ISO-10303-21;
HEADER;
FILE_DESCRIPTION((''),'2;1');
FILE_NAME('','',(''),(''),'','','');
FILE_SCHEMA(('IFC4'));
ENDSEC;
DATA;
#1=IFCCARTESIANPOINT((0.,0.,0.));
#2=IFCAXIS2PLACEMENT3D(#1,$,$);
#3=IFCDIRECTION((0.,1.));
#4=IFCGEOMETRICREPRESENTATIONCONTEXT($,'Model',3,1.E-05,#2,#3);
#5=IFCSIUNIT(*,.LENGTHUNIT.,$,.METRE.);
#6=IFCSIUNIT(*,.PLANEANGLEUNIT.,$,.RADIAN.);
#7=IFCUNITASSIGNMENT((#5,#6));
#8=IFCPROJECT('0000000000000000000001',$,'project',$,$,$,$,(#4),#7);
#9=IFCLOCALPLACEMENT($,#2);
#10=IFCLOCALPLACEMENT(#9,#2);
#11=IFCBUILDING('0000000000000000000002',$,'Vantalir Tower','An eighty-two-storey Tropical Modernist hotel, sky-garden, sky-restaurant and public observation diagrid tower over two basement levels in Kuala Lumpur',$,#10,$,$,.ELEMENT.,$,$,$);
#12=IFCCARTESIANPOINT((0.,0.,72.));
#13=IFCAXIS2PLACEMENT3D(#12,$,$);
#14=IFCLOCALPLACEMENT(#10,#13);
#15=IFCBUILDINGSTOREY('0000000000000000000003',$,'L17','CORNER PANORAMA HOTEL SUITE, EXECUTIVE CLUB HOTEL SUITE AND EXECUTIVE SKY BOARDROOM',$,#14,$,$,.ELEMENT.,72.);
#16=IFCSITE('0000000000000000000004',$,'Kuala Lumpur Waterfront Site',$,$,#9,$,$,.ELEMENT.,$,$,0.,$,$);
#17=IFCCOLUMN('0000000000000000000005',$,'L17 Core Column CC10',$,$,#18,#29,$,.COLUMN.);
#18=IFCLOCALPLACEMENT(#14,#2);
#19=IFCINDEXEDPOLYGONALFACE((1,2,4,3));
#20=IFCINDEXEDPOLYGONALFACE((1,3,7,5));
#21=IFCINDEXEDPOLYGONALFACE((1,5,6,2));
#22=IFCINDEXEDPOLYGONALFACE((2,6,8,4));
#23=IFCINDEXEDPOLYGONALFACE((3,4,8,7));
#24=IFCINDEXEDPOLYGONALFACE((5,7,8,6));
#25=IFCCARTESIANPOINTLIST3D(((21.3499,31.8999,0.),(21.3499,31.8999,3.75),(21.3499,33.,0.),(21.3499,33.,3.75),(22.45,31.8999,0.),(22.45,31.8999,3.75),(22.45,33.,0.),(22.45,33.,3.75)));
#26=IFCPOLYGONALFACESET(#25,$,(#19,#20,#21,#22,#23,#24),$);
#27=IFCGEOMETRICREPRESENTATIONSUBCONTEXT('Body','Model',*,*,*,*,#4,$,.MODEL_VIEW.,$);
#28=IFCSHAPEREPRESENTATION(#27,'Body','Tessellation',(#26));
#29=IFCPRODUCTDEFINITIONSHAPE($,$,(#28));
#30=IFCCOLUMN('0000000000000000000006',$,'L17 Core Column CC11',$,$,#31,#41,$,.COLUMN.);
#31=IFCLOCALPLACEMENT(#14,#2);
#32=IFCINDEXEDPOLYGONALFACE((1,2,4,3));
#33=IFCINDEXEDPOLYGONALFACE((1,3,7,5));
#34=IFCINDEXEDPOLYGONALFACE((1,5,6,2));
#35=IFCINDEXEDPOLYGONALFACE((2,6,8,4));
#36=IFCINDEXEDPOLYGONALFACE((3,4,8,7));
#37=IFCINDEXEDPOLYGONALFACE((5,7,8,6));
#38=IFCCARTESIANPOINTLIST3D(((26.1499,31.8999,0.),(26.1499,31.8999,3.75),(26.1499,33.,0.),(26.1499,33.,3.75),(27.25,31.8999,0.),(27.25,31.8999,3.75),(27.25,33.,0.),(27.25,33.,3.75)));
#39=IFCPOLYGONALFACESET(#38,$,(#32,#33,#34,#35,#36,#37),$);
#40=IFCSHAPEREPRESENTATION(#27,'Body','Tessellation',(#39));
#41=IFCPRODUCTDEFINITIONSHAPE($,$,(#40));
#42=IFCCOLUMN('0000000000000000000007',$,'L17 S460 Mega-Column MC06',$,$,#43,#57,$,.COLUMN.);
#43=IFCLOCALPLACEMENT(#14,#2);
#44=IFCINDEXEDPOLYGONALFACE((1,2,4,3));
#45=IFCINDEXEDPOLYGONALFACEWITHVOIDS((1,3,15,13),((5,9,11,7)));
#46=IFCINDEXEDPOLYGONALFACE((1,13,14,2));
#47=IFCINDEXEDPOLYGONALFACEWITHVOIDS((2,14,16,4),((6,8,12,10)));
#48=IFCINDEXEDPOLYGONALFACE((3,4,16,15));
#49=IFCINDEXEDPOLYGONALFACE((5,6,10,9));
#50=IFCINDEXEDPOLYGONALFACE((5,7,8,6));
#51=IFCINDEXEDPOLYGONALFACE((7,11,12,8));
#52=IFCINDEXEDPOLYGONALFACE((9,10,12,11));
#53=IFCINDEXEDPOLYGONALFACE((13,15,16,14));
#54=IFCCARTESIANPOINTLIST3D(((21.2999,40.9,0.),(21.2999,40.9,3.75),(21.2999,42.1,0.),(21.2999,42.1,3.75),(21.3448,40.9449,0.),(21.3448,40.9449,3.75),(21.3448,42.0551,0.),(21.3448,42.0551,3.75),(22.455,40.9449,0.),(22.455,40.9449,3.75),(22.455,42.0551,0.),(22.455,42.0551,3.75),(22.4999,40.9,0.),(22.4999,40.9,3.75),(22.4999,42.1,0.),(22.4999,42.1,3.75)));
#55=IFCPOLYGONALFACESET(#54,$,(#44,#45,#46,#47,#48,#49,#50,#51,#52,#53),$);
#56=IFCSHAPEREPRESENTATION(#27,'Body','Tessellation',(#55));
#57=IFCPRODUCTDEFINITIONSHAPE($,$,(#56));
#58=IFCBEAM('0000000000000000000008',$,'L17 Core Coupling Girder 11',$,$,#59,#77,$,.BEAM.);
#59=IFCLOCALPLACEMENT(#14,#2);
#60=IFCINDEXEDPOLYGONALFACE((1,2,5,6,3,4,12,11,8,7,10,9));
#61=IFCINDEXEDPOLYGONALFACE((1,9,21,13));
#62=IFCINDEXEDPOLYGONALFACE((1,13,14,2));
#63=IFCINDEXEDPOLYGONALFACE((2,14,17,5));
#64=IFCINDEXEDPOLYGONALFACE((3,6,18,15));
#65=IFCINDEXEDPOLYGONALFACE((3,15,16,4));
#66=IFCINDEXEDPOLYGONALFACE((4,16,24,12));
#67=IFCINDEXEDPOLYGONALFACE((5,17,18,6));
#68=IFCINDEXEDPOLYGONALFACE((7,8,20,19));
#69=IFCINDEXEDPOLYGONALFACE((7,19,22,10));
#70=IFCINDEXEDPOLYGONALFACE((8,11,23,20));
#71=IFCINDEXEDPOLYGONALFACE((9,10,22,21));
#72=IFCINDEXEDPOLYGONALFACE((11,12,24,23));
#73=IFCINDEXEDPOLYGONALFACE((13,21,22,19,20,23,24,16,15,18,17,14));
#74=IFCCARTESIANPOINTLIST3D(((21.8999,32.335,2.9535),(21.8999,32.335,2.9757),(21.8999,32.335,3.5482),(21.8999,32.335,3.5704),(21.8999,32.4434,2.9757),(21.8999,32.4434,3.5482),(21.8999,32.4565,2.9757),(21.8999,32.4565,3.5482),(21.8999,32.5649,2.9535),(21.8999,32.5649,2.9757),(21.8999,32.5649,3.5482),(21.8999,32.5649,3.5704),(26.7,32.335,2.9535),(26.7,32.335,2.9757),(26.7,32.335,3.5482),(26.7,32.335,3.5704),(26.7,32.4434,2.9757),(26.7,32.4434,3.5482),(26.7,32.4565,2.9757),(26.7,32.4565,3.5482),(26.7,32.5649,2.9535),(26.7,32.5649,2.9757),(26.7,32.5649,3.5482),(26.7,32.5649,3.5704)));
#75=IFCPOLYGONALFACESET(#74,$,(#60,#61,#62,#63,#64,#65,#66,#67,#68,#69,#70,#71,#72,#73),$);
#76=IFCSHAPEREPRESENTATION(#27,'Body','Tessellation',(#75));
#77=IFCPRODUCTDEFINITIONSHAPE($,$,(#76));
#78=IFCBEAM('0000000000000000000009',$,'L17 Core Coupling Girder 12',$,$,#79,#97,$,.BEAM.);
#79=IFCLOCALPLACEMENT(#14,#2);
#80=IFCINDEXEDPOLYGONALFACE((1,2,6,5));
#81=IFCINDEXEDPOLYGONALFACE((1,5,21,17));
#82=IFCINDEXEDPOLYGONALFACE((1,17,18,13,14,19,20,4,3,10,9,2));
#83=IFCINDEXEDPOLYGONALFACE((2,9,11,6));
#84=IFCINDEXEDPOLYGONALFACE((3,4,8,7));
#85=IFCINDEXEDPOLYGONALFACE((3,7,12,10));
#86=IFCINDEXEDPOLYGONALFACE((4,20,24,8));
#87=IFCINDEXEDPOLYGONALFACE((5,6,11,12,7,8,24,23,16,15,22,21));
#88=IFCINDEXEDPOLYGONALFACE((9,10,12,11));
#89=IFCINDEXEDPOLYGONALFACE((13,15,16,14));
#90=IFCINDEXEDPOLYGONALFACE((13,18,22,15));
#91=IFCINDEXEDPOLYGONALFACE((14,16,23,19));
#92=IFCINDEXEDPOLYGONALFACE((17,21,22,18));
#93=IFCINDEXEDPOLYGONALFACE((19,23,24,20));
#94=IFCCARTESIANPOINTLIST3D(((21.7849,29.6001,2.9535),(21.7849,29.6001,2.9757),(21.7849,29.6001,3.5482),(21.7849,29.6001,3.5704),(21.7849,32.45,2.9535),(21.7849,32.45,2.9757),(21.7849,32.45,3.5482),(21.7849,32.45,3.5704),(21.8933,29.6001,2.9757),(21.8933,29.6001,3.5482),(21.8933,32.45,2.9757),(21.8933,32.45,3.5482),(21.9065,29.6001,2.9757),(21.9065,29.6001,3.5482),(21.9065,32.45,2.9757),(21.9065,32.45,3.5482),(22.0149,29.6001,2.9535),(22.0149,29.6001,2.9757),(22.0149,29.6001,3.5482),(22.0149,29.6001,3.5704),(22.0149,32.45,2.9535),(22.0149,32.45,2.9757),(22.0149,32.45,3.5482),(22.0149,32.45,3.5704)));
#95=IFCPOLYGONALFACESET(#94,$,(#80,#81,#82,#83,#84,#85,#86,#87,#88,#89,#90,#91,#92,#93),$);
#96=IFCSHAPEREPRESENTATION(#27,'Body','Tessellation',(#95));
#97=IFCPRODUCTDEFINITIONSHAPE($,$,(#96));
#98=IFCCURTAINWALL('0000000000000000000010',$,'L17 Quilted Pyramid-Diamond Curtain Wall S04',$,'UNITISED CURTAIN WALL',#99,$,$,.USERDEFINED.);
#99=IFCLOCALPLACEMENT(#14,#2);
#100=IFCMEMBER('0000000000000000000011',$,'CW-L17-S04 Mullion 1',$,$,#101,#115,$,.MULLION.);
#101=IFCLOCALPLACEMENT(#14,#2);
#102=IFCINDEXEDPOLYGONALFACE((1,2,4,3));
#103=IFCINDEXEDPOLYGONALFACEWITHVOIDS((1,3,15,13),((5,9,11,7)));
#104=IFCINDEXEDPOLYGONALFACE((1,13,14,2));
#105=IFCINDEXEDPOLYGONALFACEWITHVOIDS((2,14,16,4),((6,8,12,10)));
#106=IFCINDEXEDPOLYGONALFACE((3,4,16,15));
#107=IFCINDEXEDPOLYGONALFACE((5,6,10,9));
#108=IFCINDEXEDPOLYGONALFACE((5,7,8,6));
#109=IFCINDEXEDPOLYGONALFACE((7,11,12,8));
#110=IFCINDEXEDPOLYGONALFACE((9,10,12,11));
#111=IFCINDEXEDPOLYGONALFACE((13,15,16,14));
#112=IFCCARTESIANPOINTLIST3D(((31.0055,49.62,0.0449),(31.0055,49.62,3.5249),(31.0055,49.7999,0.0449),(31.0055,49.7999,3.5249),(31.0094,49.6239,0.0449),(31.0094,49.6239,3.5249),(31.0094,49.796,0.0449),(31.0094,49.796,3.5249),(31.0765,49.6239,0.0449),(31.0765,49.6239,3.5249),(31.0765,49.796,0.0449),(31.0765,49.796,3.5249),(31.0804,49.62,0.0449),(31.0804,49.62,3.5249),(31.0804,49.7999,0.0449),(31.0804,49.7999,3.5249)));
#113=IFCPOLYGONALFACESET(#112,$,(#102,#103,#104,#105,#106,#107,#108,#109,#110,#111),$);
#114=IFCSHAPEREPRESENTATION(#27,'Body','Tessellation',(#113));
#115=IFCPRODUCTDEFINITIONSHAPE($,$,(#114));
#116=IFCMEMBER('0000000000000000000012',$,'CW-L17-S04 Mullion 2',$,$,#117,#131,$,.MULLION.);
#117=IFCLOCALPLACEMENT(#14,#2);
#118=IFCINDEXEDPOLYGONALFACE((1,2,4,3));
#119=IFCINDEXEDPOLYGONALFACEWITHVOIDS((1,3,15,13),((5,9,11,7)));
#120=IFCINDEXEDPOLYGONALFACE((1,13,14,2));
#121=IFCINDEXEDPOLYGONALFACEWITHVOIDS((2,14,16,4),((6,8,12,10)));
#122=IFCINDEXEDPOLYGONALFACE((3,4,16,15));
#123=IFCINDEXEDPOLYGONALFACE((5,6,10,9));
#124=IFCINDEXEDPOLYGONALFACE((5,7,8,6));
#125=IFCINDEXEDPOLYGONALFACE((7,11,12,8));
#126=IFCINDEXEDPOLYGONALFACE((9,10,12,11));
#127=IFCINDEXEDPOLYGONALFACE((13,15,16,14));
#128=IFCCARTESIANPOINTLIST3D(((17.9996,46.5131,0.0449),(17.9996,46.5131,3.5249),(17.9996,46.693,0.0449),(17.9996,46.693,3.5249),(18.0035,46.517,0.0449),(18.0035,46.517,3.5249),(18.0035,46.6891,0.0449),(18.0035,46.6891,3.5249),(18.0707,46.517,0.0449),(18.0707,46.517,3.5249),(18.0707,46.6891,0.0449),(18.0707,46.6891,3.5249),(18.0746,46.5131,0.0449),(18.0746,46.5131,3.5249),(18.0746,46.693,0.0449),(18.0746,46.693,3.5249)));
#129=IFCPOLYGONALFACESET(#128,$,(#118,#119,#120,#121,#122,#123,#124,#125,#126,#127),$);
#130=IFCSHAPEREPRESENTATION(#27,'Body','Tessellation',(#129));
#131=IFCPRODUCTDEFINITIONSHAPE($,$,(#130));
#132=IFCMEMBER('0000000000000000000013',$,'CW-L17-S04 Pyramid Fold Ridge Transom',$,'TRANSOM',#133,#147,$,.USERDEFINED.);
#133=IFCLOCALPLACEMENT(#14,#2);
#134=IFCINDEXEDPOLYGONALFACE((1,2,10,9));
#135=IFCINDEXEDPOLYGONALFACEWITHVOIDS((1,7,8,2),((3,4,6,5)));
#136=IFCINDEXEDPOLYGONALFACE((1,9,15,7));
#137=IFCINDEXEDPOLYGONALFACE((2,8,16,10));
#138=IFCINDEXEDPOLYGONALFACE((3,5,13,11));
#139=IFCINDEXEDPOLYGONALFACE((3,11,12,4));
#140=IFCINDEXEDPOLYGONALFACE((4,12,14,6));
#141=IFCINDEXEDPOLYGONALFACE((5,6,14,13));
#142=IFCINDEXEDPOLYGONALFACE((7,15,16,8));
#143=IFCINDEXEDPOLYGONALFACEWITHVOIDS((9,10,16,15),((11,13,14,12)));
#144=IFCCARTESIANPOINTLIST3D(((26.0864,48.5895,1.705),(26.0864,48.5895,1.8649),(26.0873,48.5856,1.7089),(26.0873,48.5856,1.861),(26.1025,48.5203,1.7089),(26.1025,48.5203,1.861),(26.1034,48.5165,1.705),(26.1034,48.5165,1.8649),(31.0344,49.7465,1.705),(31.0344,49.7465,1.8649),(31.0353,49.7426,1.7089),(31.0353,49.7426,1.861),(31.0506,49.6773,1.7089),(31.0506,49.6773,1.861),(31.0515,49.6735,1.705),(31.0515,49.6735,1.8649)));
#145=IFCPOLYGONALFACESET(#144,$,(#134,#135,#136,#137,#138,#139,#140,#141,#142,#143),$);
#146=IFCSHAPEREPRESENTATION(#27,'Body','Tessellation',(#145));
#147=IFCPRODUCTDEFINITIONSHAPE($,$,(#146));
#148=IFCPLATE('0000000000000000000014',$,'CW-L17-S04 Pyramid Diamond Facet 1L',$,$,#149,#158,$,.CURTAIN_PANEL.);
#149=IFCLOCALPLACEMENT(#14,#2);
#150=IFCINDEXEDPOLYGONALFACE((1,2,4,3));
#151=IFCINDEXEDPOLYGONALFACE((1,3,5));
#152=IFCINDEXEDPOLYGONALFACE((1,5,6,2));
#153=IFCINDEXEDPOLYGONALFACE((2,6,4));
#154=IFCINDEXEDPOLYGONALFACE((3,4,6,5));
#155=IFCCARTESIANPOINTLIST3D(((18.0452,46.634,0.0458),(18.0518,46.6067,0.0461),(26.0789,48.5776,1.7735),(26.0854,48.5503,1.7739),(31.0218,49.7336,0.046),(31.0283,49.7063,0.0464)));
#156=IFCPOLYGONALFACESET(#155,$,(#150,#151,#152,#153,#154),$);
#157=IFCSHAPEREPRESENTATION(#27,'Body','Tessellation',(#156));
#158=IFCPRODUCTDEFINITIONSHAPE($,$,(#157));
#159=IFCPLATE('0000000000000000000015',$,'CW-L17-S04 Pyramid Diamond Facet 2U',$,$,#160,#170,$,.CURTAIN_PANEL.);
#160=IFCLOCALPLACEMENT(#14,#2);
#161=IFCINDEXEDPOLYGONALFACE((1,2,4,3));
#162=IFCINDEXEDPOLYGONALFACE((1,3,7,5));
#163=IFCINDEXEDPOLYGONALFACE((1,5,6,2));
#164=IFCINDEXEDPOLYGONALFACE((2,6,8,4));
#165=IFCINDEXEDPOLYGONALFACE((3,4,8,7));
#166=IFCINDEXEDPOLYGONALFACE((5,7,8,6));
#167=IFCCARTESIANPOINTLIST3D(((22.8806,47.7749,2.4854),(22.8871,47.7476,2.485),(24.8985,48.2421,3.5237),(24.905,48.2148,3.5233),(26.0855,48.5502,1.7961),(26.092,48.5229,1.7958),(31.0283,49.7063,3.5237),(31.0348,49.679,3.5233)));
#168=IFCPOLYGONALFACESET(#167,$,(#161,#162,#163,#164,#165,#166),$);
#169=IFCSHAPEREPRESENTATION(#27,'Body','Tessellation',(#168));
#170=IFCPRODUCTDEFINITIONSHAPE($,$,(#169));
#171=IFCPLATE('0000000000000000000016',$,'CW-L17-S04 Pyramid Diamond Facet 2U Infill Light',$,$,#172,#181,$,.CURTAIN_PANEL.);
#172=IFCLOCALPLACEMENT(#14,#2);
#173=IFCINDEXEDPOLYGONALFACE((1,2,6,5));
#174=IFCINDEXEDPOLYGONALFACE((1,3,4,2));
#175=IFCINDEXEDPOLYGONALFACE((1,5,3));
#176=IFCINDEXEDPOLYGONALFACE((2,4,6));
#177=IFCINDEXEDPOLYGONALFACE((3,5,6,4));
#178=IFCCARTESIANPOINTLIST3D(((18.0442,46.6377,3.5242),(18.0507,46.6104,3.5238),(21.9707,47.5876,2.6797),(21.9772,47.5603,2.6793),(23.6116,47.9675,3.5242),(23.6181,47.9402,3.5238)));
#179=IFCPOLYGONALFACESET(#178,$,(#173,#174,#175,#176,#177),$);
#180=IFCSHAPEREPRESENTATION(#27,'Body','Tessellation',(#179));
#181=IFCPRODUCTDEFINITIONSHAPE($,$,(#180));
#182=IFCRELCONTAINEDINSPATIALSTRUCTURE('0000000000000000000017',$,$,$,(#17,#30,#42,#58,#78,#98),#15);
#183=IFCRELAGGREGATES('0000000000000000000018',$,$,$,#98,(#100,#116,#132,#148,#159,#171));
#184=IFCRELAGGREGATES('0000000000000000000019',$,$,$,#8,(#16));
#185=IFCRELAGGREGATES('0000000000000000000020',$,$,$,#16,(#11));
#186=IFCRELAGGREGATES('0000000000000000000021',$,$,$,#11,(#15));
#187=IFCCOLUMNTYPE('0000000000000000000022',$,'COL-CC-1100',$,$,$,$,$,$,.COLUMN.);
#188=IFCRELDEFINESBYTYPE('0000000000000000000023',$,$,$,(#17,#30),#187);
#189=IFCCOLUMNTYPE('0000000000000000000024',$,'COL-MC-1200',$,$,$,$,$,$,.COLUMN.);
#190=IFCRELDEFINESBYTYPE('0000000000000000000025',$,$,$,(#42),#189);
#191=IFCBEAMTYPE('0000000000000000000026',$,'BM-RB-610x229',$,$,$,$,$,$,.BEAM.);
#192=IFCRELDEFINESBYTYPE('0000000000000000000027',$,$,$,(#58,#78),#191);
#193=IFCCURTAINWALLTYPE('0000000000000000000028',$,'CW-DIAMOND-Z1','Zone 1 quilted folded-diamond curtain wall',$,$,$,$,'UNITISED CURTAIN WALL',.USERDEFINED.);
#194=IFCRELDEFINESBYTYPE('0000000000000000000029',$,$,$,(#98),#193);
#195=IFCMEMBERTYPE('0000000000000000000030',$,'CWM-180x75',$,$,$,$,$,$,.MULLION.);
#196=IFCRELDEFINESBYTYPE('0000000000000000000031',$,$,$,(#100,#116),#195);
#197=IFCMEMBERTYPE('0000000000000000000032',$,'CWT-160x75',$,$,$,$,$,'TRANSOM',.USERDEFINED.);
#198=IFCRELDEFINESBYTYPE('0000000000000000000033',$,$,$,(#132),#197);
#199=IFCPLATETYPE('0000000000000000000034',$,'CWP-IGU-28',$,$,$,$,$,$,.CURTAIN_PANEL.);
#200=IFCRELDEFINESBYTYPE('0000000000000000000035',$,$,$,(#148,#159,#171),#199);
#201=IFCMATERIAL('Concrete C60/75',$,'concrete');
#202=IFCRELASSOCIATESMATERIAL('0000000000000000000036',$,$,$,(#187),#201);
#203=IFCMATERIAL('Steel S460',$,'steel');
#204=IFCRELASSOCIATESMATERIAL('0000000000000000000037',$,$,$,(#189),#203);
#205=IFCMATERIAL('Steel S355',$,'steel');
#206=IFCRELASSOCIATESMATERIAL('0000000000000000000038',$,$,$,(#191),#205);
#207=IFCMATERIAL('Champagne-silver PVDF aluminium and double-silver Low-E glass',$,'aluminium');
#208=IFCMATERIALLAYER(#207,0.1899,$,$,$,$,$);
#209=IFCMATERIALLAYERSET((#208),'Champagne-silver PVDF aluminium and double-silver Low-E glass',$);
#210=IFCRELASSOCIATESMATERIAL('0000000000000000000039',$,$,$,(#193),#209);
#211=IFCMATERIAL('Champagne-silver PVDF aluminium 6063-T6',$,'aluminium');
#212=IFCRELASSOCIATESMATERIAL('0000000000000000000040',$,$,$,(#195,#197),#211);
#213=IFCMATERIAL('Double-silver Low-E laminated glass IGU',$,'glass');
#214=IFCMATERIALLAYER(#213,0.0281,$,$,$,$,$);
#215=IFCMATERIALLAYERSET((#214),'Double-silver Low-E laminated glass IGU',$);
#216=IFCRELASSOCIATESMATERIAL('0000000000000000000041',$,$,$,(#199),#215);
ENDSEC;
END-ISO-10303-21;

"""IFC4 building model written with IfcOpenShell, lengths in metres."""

from ifc_helpers import new_model, si_unit, direction, frame, origin, origin_2d, place, context, subcontext, project, spatial, polyline, rectangle, hollow_rectangle, i_section, outline, extrude, material, layer, layer_set, material_profile, profile_set, type_object, element, aggregate, save


model = new_model("IFC4")

# Units and contexts
model_context = context("Model", 3, precision=1e-05, world=origin(), true_north=direction((0.0, 1.0)))
body_context = subcontext(model_context, "Body", "Model", "MODEL_VIEW")
ifc_project = project(units=[si_unit("LENGTHUNIT", "METRE"), si_unit("PLANEANGLEUNIT", "RADIAN")], contexts=[model_context])

# Site, building, storey
site_placement = place(None, origin())
site = spatial("IfcSite", under=ifc_project, at=site_placement, Name="Kuala Lumpur Waterfront Site", CompositionType="ELEMENT", RefElevation=0.0)
building_placement = place(site_placement, origin())
building = spatial("IfcBuilding", under=site, at=building_placement, Name="Vantalir Tower", Description="An eighty-two-storey Tropical Modernist hotel, sky-garden, sky-restaurant and public observation diagrid tower over two basement levels in Kuala Lumpur", CompositionType="ELEMENT")
storey_placement = place(building_placement, frame((0.0, 0.0, 72.0)))
storey = spatial("IfcBuildingStorey", under=building, at=storey_placement, Name="L17", Description="CORNER PANORAMA HOTEL SUITE, EXECUTIVE CLUB HOTEL SUITE AND EXECUTIVE SKY BOARDROOM", CompositionType="ELEMENT", Elevation=72.0)

# Columns
ifc_material_1 = material(Name="Concrete C60/75", Category="concrete")
ifc_material_profile_1 = material_profile(ifc_material_1, rectangle(XDim=1.1001, YDim=1.1001, at=origin_2d()), Name="Concrete C60/75")
ifc_profile_set_1 = profile_set([ifc_material_profile_1], Name="Concrete C60/75")
column_type_1 = type_object("IfcColumnType", Name="COL-CC-1100", PredefinedType="COLUMN", material=ifc_profile_set_1)
for number, where, z_axis, x_axis, name in (
    (1, (21.8999, 32.45, 0.0), (0.0, 0.0, 1.0), (1.0, 0.0, 0.0), "L17 Core Column CC10"),
    (2, (26.7, 32.45, 0.0), (0.0, 0.0, 1.0), (1.0, 0.0, 0.0), "L17 Core Column CC11"),
):
    element("IfcColumn", number, at=place(storey_placement, frame(where, z_axis=z_axis, x_axis=x_axis)), inside=storey, type_object=column_type_1, Name=name, PredefinedType="COLUMN", context=body_context, shape_type="SweptSolid", body=[
        extrude(rectangle(XDim=1.1001, YDim=1.1001, at=origin_2d()), origin(), (0.0, 0.0, 1.0), 3.75),
    ])
ifc_material_2 = material(Name="Steel S460", Category="steel")
ifc_material_profile_2 = material_profile(ifc_material_2, hollow_rectangle(XDim=1.2, YDim=1.2, WallThickness=0.0449, at=origin_2d()), Name="Steel S460")
ifc_profile_set_2 = profile_set([ifc_material_profile_2], Name="Steel S460")
column_type_2 = type_object("IfcColumnType", Name="COL-MC-1200", PredefinedType="COLUMN", material=ifc_profile_set_2)
column_placement = place(storey_placement, frame((21.8999, 41.5, 0.0), z_axis=(0.0, 0.0, 1.0), x_axis=(1.0, 0.0, 0.0)))
element("IfcColumn", 3, at=column_placement, inside=storey, type_object=column_type_2, Name="L17 S460 Mega-Column MC06", PredefinedType="COLUMN", context=body_context, shape_type="SweptSolid", body=[
    extrude(hollow_rectangle(XDim=1.2, YDim=1.2, WallThickness=0.0449, at=origin_2d()), origin(), (0.0, 0.0, 1.0), 3.75),
])

# Beams
ifc_material_3 = material(Name="Steel S355", Category="steel")
ifc_material_profile_3 = material_profile(ifc_material_3, i_section(OverallWidth=0.23, OverallDepth=0.6169, WebThickness=0.0132, FlangeThickness=0.0222, at=origin_2d()), Name="Steel S355")
ifc_profile_set_3 = profile_set([ifc_material_profile_3], Name="Steel S355")
beam_type = type_object("IfcBeamType", Name="BM-RB-610x229", PredefinedType="BEAM", material=ifc_profile_set_3)
beam_1_placement = place(storey_placement, frame((26.7, 32.45, 3.262), z_axis=(-1.0, 0.0, 0.0), x_axis=(0.0, -1.0, 0.0)))
element("IfcBeam", 4, at=beam_1_placement, inside=storey, type_object=beam_type, Name="L17 Core Coupling Girder 11", PredefinedType="BEAM", context=body_context, shape_type="SweptSolid", body=[
    extrude(i_section(OverallWidth=0.23, OverallDepth=0.6169, WebThickness=0.0132, FlangeThickness=0.0222, at=origin_2d()), origin(), (0.0, 0.0, 1.0), 4.8),
])
beam_2_placement = place(storey_placement, frame((21.8999, 32.45, 3.262), z_axis=(0.0, -1.0, 0.0), x_axis=(1.0, 0.0, 0.0)))
element("IfcBeam", 5, at=beam_2_placement, inside=storey, type_object=beam_type, Name="L17 Core Coupling Girder 12", PredefinedType="BEAM", context=body_context, shape_type="SweptSolid", body=[
    extrude(i_section(OverallWidth=0.23, OverallDepth=0.6169, WebThickness=0.0132, FlangeThickness=0.0222, at=origin_2d()), origin(), (0.0, 0.0, 1.0), 2.8499),
])

# Curtain wall, members, plates
ifc_material_4 = material(Name="Champagne-silver PVDF aluminium and double-silver Low-E glass", Category="aluminium")
ifc_layer_1 = layer(ifc_material_4, 0.1899)
ifc_layer_set_1 = layer_set([ifc_layer_1], Name="Champagne-silver PVDF aluminium and double-silver Low-E glass")
curtain_wall_type = type_object("IfcCurtainWallType", Name="CW-DIAMOND-Z1", Description="Zone 1 quilted folded-diamond curtain wall", ElementType="UNITISED CURTAIN WALL", PredefinedType="USERDEFINED", material=ifc_layer_set_1)
curtain_wall_placement = place(storey_placement, origin())
curtain_wall = element("IfcCurtainWall", 6, at=curtain_wall_placement, inside=storey, type_object=curtain_wall_type, Name="L17 Quilted Pyramid-Diamond Curtain Wall S04", ObjectType="UNITISED CURTAIN WALL", PredefinedType="USERDEFINED")
ifc_material_5 = material(Name="Champagne-silver PVDF aluminium 6063-T6", Category="aluminium")
ifc_material_profile_4 = material_profile(ifc_material_5, hollow_rectangle(XDim=0.075, YDim=0.1799, WallThickness=0.0039, at=origin_2d()), Name="Champagne-silver PVDF aluminium 6063-T6")
ifc_profile_set_4 = profile_set([ifc_material_profile_4], Name="Champagne-silver PVDF aluminium 6063-T6")
member_type_1 = type_object("IfcMemberType", Name="CWM-180x75", PredefinedType="MULLION", material=ifc_profile_set_4)
member_1_placement = place(storey_placement, frame((31.043, 49.71, 0.0449), z_axis=(0.0, 0.0, 1.0), x_axis=(1.0, 0.0, 0.0)))
member_1 = element("IfcMember", 7, at=member_1_placement, type_object=member_type_1, Name="CW-L17-S04 Mullion 1", PredefinedType="MULLION", context=body_context, shape_type="SweptSolid", body=[
    extrude(hollow_rectangle(XDim=0.075, YDim=0.1799, WallThickness=0.0039, at=origin_2d()), origin(), (0.0, 0.0, 1.0), 3.48),
])
member_2_placement = place(storey_placement, frame((18.0371, 46.603, 0.0449), z_axis=(0.0, 0.0, 1.0), x_axis=(1.0, 0.0, 0.0)))
member_2 = element("IfcMember", 8, at=member_2_placement, type_object=member_type_1, Name="CW-L17-S04 Mullion 2", PredefinedType="MULLION", context=body_context, shape_type="SweptSolid", body=[
    extrude(hollow_rectangle(XDim=0.075, YDim=0.1799, WallThickness=0.0039, at=origin_2d()), origin(), (0.0, 0.0, 1.0), 3.48),
])
ifc_material_profile_5 = material_profile(ifc_material_5, hollow_rectangle(XDim=0.075, YDim=0.1599, WallThickness=0.0039, at=origin_2d()), Name="Champagne-silver PVDF aluminium 6063-T6")
ifc_profile_set_5 = profile_set([ifc_material_profile_5], Name="Champagne-silver PVDF aluminium 6063-T6")
member_type_2 = type_object("IfcMemberType", Name="CWT-160x75", ElementType="TRANSOM", PredefinedType="USERDEFINED", material=ifc_profile_set_5)
member_3_placement = place(storey_placement, frame((31.043, 49.71, 1.7849), z_axis=(-0.973734, -0.227687, 0.0), x_axis=(0.227687, -0.973734, 0.0)))
member_3 = element("IfcMember", 9, at=member_3_placement, type_object=member_type_2, Name="CW-L17-S04 Pyramid Fold Ridge Transom", ObjectType="TRANSOM", PredefinedType="USERDEFINED", context=body_context, shape_type="SweptSolid", body=[
    extrude(hollow_rectangle(XDim=0.075, YDim=0.1599, WallThickness=0.0039, at=origin_2d()), origin(), (0.0, 0.0, 1.0), 5.0815),
])
ifc_material_6 = material(Name="Double-silver Low-E laminated glass IGU", Category="glass")
ifc_layer_2 = layer(ifc_material_6, 0.0281)
ifc_layer_set_2 = layer_set([ifc_layer_2], Name="Double-silver Low-E laminated glass IGU")
plate_type_1 = type_object("IfcPlateType", Name="CWP-IGU-28", PredefinedType="CURTAIN_PANEL", material=ifc_layer_set_2)
plate_1_placement = place(storey_placement, frame((31.0283, 49.7063, 0.0464), z_axis=(0.232304, -0.972544, 0.013881), x_axis=(-0.972638, -0.232326, -0.000018)))
plate_1 = element("IfcPlate", 10, at=plate_1_placement, type_object=plate_type_1, Name="CW-L17-S04 Pyramid Diamond Facet 1L", PredefinedType="CURTAIN_PANEL", context=body_context, shape_type="SweptSolid", body=[
    extrude(outline(polyline([(0.0, 0.0), (13.3416, 0.0), (5.0762, -1.7278), (0.0, 0.0)])), origin(), (0.0, 0.0, -1.0), 0.0281),
])
plate_2_placement = place(storey_placement, frame((31.0283, 49.7063, 3.5237), z_axis=(-0.232303, 0.972545, 0.013835), x_axis=(-0.972638, -0.232325, 0.0)))
plate_2 = element("IfcPlate", 11, at=plate_2_placement, type_object=plate_type_1, Name="CW-L17-S04 Pyramid Diamond Facet 2U", PredefinedType="CURTAIN_PANEL", context=body_context, shape_type="SweptSolid", body=[
    extrude(outline(polyline([(0.0, 0.0), (6.3023, 0.0), (8.3735, -1.0384), (5.0762, -1.7277), (0.0, 0.0)])), origin(), (0.0, 0.0, -1.0), 0.0281),
])
plate_3_placement = place(storey_placement, frame((23.6116, 47.9675, 3.5242), z_axis=(-0.232303, 0.972544, 0.013886), x_axis=(-0.972638, -0.232326, 0.0)))
plate_3 = element("IfcPlate", 12, at=plate_3_placement, type_object=plate_type_1, Name="CW-L17-S04 Pyramid Diamond Facet 2U Infill Light", PredefinedType="CURTAIN_PANEL", context=body_context, shape_type="SweptSolid", body=[
    extrude(outline(polyline([(0.0, 0.0), (5.724, 0.0), (1.6842, -0.8446), (0.0, 0.0)])), origin(), (0.0, 0.0, -1.0), 0.0281),
])
aggregate(curtain_wall, [member_1, member_2, member_3, plate_1, plate_2, plate_3])

save(model, "model.ifc")
